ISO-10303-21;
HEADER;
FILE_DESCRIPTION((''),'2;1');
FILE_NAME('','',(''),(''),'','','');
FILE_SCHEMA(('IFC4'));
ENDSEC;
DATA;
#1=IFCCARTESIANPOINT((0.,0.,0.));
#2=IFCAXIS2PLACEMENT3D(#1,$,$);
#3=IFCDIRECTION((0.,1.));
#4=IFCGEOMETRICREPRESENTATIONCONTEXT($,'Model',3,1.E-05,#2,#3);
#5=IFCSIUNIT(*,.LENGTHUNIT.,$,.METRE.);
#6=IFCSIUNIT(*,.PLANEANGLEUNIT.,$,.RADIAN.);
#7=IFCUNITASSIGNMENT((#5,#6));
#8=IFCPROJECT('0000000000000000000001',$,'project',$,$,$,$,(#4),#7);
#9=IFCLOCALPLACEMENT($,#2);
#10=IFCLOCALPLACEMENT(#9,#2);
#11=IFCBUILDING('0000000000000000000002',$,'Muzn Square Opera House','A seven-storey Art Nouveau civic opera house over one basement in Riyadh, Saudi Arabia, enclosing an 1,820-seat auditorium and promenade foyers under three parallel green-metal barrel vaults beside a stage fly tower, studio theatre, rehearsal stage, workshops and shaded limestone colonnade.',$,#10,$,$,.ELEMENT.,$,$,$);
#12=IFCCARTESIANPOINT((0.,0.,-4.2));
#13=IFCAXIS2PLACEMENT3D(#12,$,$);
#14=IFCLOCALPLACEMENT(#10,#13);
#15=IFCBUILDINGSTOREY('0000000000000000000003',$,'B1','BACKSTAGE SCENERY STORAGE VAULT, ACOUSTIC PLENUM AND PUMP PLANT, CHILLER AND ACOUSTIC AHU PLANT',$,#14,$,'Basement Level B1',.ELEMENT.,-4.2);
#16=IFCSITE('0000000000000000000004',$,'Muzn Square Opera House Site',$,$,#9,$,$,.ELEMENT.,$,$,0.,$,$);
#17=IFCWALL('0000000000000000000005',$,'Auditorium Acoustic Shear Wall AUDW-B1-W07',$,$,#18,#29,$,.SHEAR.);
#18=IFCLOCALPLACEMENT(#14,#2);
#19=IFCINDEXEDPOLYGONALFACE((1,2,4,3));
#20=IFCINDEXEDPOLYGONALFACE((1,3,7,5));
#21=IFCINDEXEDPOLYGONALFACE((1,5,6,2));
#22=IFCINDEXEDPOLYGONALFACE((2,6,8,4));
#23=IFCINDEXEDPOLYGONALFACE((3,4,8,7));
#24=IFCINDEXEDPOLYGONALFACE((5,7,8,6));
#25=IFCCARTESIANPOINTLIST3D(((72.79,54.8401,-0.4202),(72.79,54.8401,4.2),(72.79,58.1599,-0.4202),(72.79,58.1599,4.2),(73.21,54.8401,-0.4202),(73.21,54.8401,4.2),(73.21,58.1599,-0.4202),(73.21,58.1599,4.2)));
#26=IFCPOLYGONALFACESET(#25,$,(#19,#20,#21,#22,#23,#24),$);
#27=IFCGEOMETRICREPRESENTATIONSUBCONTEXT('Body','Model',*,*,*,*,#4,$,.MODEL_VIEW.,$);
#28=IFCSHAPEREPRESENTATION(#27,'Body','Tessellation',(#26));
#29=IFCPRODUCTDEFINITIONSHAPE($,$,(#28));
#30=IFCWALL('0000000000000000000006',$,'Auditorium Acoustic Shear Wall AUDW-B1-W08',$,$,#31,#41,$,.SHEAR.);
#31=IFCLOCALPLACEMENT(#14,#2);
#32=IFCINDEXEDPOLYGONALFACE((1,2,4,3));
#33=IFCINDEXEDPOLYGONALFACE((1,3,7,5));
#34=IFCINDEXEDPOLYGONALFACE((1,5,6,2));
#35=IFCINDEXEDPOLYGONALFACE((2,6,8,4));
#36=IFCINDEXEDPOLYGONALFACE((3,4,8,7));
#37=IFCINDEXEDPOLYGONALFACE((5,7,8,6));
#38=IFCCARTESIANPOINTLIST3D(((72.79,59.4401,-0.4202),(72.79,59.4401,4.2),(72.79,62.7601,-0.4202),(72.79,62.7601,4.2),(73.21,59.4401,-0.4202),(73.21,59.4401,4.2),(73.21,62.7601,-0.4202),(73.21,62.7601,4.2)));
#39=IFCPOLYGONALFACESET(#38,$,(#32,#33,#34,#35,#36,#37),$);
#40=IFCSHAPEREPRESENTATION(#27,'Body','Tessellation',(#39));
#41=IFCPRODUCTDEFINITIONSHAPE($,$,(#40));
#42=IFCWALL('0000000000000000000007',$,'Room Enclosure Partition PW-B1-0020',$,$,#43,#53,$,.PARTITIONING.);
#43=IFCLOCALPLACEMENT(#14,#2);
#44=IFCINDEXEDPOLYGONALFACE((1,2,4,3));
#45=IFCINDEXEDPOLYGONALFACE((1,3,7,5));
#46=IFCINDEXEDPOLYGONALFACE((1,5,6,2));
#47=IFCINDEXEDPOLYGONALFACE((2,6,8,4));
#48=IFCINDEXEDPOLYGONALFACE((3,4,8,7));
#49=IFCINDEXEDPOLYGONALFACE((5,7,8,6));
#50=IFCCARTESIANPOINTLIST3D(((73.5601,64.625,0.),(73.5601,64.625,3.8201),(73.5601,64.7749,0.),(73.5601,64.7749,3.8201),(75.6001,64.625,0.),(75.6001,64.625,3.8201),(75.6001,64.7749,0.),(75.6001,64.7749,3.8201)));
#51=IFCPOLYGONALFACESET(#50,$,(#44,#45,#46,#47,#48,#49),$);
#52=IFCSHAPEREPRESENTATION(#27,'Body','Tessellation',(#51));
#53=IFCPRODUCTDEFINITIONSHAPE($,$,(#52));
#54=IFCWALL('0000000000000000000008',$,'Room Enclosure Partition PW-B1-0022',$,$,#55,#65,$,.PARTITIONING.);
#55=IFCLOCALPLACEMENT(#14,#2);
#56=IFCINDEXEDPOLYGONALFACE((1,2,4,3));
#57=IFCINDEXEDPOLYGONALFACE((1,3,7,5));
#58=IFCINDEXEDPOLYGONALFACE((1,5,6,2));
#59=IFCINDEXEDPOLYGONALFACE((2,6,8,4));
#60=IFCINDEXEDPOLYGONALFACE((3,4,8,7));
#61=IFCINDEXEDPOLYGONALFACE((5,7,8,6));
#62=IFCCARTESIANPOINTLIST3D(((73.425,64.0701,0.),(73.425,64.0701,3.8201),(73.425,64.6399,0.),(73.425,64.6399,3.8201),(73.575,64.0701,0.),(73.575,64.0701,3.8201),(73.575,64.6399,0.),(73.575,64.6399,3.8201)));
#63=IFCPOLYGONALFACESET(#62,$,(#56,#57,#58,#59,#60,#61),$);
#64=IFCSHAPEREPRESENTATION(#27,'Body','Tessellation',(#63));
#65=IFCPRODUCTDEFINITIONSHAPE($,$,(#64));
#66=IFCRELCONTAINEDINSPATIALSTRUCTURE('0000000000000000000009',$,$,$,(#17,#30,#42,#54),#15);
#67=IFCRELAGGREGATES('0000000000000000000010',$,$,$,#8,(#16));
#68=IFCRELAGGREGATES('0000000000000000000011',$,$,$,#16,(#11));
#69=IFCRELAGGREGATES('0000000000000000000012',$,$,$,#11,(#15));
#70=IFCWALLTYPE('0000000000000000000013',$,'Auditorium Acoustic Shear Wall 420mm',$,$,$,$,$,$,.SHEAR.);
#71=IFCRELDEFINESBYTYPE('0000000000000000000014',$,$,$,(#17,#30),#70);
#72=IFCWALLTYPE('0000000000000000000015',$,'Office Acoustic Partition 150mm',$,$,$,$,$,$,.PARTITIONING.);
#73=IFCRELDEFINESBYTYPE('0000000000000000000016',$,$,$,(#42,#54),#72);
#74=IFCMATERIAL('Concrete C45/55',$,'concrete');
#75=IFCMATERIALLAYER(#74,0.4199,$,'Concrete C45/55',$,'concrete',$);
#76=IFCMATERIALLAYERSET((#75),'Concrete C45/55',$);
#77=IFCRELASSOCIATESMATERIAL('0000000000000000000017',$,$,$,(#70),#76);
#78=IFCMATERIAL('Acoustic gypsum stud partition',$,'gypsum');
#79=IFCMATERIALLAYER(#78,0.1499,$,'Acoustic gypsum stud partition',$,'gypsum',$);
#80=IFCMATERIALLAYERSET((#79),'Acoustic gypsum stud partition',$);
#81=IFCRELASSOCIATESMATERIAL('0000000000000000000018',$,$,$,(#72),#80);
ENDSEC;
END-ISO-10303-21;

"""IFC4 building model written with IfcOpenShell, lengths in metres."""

from ifc_helpers import new_model, si_unit, direction, frame, frame_2d, origin, place, context, subcontext, project, spatial, rectangle, extrude, material, layer, layer_set, type_object, element, save


model = new_model("IFC4")

# Units and contexts
model_context = context("Model", 3, precision=1e-05, world=origin(), true_north=direction((0.0, 1.0)))
body_context = subcontext(model_context, "Body", "Model", "MODEL_VIEW")
ifc_project = project(units=[si_unit("LENGTHUNIT", "METRE"), si_unit("PLANEANGLEUNIT", "RADIAN")], contexts=[model_context])

# Site, building, storey
site_placement = place(None, origin())
site = spatial("IfcSite", under=ifc_project, at=site_placement, Name="Muzn Square Opera House Site", CompositionType="ELEMENT", RefElevation=0.0)
building_placement = place(site_placement, origin())
building = spatial("IfcBuilding", under=site, at=building_placement, Name="Muzn Square Opera House", Description="A seven-storey Art Nouveau civic opera house over one basement in Riyadh, Saudi Arabia, enclosing an 1,820-seat auditorium and promenade foyers under three parallel green-metal barrel vaults beside a stage fly tower, studio theatre, rehearsal stage, workshops and shaded limestone colonnade.", CompositionType="ELEMENT")
storey_placement = place(building_placement, frame((0.0, 0.0, -4.2)))
storey = spatial("IfcBuildingStorey", under=building, at=storey_placement, Name="B1", Description="BACKSTAGE SCENERY STORAGE VAULT, ACOUSTIC PLENUM AND PUMP PLANT, CHILLER AND ACOUSTIC AHU PLANT", LongName="Basement Level B1", CompositionType="ELEMENT", Elevation=-4.2)

# Shared definitions
ifc_material_1 = material(Name="Concrete C45/55", Category="concrete")

# Walls
ifc_layer_1 = layer(ifc_material_1, 0.4199, Name="Concrete C45/55", Category="concrete")
ifc_layer_set_1 = layer_set([ifc_layer_1], Name="Concrete C45/55")
wall_type_1 = type_object("IfcWallType", Name="Auditorium Acoustic Shear Wall 420mm", PredefinedType="SHEAR", material=ifc_layer_set_1)
wall_1_placement = place(storey_placement, frame((73.0, 54.8401, -0.4202), z_axis=(0.0, 0.0, 1.0), x_axis=(0.0, 1.0, 0.0)))
element("IfcWall", 1, at=wall_1_placement, inside=storey, type_object=wall_type_1, Name="Auditorium Acoustic Shear Wall AUDW-B1-W07", PredefinedType="SHEAR", context=body_context, shape_type="SweptSolid", body=[
    extrude(rectangle(XDim=3.3198, YDim=0.4199, at=frame_2d((1.6599, 0.0))), origin(), (0.0, 0.0, 1.0), 4.6201),
])
wall_2_placement = place(storey_placement, frame((73.0, 59.4399, -0.4202), z_axis=(0.0, 0.0, 1.0), x_axis=(0.0, 1.0, 0.0)))
element("IfcWall", 2, at=wall_2_placement, inside=storey, type_object=wall_type_1, Name="Auditorium Acoustic Shear Wall AUDW-B1-W08", PredefinedType="SHEAR", context=body_context, shape_type="SweptSolid", body=[
    extrude(rectangle(XDim=3.3201, YDim=0.4199, at=frame_2d((1.6602, 0.0))), origin(), (0.0, 0.0, 1.0), 4.6201),
])
ifc_material_2 = material(Name="Acoustic gypsum stud partition", Category="gypsum")
ifc_layer_2 = layer(ifc_material_2, 0.1499, Name="Acoustic gypsum stud partition", Category="gypsum")
ifc_layer_set_2 = layer_set([ifc_layer_2], Name="Acoustic gypsum stud partition")
wall_type_2 = type_object("IfcWallType", Name="Office Acoustic Partition 150mm", PredefinedType="PARTITIONING", material=ifc_layer_set_2)
wall_3_placement = place(storey_placement, frame((73.5601, 64.7, 0.0), z_axis=(0.0, 0.0, 1.0), x_axis=(1.0, 0.0, 0.0)))
element("IfcWall", 3, at=wall_3_placement, inside=storey, type_object=wall_type_2, Name="Room Enclosure Partition PW-B1-0020", PredefinedType="PARTITIONING", context=body_context, shape_type="SweptSolid", body=[
    extrude(rectangle(XDim=2.04, YDim=0.1499, at=frame_2d((1.02, 0.0))), origin(), (0.0, 0.0, 1.0), 3.8201),
])
wall_4_placement = place(storey_placement, frame((73.5, 64.0701, 0.0), z_axis=(0.0, 0.0, 1.0), x_axis=(0.0, 1.0, 0.0)))
element("IfcWall", 4, at=wall_4_placement, inside=storey, type_object=wall_type_2, Name="Room Enclosure Partition PW-B1-0022", PredefinedType="PARTITIONING", context=body_context, shape_type="SweptSolid", body=[
    extrude(rectangle(XDim=0.5698, YDim=0.1499, at=frame_2d((0.2849, 0.0))), origin(), (0.0, 0.0, 1.0), 3.8201),
])

save(model, "model.ifc")
